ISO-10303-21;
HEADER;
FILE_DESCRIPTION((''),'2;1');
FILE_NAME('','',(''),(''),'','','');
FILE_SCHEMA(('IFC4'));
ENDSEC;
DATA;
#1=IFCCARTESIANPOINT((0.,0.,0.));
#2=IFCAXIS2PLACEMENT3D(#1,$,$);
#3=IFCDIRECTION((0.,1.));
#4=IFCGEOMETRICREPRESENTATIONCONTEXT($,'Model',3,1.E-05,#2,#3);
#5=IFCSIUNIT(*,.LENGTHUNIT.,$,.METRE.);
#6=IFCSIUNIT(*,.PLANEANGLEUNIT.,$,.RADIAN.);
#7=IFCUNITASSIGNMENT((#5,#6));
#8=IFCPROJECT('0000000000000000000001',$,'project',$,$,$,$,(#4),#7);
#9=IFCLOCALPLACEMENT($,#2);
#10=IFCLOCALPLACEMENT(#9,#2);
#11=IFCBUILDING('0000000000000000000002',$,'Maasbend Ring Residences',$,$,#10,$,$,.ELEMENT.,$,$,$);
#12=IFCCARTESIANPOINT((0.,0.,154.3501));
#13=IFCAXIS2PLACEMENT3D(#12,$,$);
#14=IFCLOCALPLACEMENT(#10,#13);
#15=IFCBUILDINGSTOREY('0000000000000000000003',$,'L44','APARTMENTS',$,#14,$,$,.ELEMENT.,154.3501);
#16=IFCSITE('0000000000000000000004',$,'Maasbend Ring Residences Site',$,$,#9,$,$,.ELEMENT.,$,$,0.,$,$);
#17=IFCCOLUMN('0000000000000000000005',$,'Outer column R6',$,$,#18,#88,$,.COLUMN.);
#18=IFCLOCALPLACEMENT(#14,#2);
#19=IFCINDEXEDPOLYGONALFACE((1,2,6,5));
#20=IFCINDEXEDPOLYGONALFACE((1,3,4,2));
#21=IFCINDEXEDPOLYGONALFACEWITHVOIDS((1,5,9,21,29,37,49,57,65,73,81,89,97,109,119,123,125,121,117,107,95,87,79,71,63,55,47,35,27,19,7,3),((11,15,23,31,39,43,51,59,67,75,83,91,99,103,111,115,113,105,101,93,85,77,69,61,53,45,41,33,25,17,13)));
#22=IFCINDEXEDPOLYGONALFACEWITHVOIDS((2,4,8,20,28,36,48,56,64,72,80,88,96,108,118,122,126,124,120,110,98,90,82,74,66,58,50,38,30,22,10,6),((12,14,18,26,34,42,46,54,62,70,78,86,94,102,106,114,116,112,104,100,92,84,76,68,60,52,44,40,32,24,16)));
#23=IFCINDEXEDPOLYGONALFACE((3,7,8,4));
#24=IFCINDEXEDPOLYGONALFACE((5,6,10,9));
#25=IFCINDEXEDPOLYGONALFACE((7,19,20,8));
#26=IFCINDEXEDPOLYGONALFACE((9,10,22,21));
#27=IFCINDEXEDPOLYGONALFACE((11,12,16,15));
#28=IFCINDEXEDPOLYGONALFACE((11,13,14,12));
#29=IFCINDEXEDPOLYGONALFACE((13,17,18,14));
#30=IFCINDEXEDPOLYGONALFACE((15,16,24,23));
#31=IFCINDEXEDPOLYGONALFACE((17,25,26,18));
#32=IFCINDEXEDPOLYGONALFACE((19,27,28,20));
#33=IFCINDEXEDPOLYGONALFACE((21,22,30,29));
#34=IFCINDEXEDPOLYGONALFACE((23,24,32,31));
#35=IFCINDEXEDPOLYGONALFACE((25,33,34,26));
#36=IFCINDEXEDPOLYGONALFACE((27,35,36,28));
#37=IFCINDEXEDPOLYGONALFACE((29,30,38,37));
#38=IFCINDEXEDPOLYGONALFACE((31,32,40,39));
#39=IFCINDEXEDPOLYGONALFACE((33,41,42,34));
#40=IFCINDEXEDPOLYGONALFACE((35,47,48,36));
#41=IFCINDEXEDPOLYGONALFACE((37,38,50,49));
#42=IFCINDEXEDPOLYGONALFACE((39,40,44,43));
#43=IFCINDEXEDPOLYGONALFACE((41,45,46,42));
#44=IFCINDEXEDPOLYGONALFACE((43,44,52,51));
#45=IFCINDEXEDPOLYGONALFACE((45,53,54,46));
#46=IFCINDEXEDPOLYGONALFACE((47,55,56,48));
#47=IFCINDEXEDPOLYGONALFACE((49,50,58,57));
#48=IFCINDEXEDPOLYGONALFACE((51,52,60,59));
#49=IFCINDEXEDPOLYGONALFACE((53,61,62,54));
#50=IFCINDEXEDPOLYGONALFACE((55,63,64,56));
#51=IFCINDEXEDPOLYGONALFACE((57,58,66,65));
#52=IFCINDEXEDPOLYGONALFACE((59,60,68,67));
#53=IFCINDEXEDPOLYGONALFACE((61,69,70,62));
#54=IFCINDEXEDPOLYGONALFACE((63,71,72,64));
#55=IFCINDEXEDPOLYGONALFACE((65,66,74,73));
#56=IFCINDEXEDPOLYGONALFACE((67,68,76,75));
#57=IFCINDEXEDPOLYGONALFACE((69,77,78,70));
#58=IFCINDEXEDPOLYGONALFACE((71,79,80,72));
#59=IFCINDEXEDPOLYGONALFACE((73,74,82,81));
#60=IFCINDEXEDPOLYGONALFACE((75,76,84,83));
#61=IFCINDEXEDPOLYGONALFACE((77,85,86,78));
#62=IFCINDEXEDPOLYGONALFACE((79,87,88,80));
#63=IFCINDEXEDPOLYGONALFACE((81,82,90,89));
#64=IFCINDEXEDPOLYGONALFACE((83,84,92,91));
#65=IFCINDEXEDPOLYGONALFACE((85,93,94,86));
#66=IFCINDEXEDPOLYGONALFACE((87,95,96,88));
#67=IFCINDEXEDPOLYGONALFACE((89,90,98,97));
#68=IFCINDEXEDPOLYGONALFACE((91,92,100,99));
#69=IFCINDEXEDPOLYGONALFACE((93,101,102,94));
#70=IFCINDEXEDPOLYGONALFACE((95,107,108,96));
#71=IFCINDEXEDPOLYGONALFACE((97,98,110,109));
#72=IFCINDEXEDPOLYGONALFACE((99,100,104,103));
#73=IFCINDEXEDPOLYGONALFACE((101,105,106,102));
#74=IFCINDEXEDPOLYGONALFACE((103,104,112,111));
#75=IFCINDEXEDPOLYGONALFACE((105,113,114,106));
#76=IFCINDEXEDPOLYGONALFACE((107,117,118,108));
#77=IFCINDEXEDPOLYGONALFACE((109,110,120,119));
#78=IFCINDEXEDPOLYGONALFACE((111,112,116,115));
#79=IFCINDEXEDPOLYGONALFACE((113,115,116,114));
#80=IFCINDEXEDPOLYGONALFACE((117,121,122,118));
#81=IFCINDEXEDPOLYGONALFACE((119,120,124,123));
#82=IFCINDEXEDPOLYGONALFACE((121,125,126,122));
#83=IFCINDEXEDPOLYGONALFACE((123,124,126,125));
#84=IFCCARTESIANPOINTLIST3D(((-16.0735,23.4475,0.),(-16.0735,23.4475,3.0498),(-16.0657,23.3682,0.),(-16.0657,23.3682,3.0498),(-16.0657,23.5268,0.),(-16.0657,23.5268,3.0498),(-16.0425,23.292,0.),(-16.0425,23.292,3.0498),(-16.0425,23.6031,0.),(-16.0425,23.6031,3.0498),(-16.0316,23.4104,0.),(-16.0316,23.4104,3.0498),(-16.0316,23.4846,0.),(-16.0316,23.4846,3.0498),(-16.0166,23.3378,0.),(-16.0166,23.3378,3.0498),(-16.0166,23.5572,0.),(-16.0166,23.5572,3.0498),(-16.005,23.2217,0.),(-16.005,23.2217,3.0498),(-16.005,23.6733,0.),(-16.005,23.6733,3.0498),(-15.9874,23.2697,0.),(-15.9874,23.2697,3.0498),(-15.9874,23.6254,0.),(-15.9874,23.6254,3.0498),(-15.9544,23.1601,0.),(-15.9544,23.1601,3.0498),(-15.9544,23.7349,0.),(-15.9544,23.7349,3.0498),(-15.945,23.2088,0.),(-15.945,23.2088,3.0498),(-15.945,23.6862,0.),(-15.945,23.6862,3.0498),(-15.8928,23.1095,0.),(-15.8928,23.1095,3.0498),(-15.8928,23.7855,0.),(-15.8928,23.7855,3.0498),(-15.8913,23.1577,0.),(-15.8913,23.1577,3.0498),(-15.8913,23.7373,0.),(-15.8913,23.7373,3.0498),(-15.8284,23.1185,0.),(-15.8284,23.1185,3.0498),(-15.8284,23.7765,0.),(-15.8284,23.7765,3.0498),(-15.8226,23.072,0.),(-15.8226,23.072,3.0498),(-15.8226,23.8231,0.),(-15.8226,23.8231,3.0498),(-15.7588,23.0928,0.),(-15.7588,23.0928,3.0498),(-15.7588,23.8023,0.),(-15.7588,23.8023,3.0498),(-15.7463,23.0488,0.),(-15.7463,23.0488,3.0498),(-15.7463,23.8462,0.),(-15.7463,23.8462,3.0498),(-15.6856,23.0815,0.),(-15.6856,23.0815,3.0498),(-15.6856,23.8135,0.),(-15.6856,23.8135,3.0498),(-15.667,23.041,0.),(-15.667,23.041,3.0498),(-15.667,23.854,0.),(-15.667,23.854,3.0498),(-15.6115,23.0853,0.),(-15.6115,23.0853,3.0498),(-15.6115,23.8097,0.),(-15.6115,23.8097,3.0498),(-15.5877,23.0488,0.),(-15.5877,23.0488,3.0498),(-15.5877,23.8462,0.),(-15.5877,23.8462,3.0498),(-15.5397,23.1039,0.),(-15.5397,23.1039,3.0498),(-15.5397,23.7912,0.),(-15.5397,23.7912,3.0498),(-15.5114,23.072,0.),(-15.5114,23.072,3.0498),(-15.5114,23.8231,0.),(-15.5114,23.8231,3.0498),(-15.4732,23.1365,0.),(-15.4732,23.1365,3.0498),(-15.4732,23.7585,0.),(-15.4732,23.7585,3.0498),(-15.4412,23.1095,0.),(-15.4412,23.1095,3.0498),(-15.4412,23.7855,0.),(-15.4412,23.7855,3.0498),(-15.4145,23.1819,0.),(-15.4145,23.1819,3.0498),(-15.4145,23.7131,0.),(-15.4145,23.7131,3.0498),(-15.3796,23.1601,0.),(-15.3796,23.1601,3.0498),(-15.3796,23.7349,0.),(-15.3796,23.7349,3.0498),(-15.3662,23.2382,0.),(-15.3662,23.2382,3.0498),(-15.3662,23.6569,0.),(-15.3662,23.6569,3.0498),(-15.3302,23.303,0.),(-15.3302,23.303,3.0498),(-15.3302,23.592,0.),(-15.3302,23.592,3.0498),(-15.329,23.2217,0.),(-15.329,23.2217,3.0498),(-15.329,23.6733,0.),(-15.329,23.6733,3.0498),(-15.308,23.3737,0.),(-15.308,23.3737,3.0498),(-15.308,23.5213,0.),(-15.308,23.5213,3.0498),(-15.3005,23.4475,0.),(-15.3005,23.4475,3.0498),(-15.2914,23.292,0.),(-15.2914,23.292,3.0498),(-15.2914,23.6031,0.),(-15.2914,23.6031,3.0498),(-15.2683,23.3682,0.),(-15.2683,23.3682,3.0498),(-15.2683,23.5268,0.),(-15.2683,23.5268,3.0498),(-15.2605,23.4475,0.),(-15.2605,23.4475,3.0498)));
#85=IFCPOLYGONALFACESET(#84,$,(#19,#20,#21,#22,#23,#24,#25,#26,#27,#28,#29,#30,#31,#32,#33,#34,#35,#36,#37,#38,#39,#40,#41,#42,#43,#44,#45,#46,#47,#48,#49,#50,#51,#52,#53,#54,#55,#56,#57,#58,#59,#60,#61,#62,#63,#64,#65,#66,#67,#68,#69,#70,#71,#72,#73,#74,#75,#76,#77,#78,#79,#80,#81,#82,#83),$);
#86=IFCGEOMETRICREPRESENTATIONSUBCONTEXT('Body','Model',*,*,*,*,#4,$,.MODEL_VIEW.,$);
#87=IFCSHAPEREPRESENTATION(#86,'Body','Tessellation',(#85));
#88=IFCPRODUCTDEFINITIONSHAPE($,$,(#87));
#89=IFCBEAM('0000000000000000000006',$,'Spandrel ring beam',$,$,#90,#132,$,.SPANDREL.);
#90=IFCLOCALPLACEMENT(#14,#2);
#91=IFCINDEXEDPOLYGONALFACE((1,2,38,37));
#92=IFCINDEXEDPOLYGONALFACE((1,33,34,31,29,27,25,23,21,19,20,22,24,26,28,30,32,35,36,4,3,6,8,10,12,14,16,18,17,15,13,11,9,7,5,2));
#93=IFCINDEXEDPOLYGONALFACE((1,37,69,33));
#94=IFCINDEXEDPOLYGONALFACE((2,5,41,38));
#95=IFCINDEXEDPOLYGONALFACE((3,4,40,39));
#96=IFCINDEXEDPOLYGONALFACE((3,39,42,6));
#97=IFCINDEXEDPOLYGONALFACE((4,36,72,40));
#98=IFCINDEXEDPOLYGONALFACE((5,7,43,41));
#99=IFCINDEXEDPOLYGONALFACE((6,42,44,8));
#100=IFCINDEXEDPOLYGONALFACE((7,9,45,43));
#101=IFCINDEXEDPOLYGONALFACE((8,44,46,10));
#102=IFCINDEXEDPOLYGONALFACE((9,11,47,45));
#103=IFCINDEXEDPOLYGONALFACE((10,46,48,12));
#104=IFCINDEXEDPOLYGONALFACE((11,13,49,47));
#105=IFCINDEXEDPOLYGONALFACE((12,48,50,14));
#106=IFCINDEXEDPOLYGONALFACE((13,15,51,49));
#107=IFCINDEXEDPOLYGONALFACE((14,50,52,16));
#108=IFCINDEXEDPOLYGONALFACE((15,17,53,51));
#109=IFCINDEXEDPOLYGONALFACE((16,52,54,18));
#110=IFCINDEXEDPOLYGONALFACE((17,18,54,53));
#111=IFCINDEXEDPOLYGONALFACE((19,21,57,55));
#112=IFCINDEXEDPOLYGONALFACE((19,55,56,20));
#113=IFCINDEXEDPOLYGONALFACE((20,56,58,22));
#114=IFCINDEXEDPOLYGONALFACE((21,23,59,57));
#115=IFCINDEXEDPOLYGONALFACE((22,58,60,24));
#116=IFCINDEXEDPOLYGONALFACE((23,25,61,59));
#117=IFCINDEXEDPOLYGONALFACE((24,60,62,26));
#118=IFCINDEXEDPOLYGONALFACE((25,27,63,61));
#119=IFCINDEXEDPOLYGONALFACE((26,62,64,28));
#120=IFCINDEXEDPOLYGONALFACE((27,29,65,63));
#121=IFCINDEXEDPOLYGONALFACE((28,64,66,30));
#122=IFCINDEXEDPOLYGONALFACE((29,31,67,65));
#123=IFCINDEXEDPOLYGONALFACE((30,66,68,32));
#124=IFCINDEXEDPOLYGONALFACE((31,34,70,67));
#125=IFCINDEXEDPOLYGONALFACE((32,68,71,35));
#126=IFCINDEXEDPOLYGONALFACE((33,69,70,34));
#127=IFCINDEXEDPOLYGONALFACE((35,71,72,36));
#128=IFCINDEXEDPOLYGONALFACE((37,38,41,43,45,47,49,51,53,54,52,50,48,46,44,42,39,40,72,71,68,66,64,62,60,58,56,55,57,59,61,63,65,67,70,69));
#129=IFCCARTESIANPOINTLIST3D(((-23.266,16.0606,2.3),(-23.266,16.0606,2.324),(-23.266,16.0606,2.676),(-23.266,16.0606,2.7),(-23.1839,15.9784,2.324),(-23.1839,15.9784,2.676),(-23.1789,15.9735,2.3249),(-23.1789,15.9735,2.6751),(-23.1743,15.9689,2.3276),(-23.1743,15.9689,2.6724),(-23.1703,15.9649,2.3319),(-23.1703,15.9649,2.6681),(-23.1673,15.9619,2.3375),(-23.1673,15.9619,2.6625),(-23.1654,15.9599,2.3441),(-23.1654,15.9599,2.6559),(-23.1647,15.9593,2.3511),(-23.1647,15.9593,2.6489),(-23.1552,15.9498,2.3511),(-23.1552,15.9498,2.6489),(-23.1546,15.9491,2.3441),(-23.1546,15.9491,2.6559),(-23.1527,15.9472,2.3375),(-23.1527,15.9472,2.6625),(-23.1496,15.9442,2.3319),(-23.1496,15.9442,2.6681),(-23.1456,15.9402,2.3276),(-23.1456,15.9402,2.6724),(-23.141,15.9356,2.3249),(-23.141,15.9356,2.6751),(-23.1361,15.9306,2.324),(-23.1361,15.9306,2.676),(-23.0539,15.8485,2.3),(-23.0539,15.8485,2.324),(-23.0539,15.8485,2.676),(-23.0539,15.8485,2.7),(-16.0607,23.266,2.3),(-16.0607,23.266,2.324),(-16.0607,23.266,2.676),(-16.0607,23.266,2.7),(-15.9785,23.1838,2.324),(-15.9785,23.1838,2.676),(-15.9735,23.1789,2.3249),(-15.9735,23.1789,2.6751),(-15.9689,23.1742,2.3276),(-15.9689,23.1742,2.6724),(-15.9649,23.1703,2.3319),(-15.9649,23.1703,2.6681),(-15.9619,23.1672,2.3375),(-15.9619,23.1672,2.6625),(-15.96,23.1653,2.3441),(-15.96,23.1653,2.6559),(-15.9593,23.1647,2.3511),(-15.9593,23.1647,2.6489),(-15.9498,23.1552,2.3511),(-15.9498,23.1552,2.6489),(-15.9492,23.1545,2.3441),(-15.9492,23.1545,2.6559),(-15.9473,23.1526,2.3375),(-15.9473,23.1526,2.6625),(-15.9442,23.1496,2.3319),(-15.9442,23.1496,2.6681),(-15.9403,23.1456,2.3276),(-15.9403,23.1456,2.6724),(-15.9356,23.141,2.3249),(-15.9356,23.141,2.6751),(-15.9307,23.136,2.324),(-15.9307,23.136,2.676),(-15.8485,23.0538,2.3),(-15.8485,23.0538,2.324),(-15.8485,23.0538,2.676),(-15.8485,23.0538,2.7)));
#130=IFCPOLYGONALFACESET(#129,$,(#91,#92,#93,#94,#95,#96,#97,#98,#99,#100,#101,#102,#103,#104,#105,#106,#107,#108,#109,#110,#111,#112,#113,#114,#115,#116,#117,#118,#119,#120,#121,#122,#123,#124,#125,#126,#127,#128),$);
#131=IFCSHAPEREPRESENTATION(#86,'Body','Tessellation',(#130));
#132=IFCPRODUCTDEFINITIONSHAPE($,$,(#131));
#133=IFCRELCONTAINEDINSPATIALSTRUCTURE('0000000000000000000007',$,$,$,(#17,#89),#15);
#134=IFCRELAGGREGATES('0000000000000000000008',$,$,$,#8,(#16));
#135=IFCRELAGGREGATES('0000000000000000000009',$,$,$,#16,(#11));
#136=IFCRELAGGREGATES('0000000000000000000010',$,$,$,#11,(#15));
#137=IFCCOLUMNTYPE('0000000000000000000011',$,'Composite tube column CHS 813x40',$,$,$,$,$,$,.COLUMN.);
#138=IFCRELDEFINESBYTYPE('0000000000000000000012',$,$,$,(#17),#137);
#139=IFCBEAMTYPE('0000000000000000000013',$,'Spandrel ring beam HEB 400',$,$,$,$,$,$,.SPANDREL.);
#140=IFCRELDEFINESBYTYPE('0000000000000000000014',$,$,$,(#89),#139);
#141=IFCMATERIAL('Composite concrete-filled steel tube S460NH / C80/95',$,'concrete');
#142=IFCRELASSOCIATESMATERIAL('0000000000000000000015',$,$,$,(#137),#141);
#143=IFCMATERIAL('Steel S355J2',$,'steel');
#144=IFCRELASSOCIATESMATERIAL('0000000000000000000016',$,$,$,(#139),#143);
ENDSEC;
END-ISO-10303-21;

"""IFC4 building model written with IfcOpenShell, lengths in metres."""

from ifc_helpers import new_model, si_unit, direction, frame, origin, origin_2d, place, context, subcontext, project, spatial, hollow_circle, i_section, extrude, material, material_profile, profile_set, type_object, element, save


model = new_model("IFC4")

# Units and contexts
model_context = context("Model", 3, precision=1e-05, world=origin(), true_north=direction((0.0, 1.0)))
body_context = subcontext(model_context, "Body", "Model", "MODEL_VIEW")
ifc_project = project(units=[si_unit("LENGTHUNIT", "METRE"), si_unit("PLANEANGLEUNIT", "RADIAN")], contexts=[model_context])

# Site, building, storey
site_placement = place(None, origin())
site = spatial("IfcSite", under=ifc_project, at=site_placement, Name="Maasbend Ring Residences Site", CompositionType="ELEMENT", RefElevation=0.0)
building_placement = place(site_placement, origin())
building = spatial("IfcBuilding", under=site, at=building_placement, Name="Maasbend Ring Residences", CompositionType="ELEMENT")
storey_placement = place(building_placement, frame((0.0, 0.0, 154.3501)))
storey = spatial("IfcBuildingStorey", under=building, at=storey_placement, Name="L44", Description="APARTMENTS", CompositionType="ELEMENT", Elevation=154.3501)

# Column
ifc_material_1 = material(Name="Composite concrete-filled steel tube S460NH / C80/95", Category="concrete")
ifc_material_profile_1 = material_profile(ifc_material_1, hollow_circle(Radius=0.4065, WallThickness=0.04, at=origin_2d()), Name="Composite tube column CHS 813x40")
ifc_profile_set_1 = profile_set([ifc_material_profile_1], Name="Composite concrete-filled steel tube S460NH / C80/95")
column_type = type_object("IfcColumnType", Name="Composite tube column CHS 813x40", PredefinedType="COLUMN", material=ifc_profile_set_1)
column_placement = place(storey_placement, frame((-15.667, 23.4475, 0.0), z_axis=(0.0, 0.0, 1.0), x_axis=(1.0, 0.0, 0.0)))
element("IfcColumn", 1, at=column_placement, inside=storey, type_object=column_type, Name="Outer column R6", PredefinedType="COLUMN", context=body_context, shape_type="SweptSolid", body=[
    extrude(hollow_circle(Radius=0.4065, WallThickness=0.04, at=origin_2d()), origin(), (0.0, 0.0, 1.0), 3.0498),
])

# Beam
ifc_material_2 = material(Name="Steel S355J2", Category="steel")
ifc_material_profile_2 = material_profile(ifc_material_2, i_section(OverallWidth=0.3, OverallDepth=0.3999, WebThickness=0.0134, FlangeThickness=0.0239, FilletRadius=0.0271, at=origin_2d()), Name="HEB 400")
ifc_profile_set_2 = profile_set([ifc_material_profile_2], Name="Steel S355J2")
beam_type = type_object("IfcBeamType", Name="Spandrel ring beam HEB 400", PredefinedType="SPANDREL", material=ifc_profile_set_2)
beam_placement = place(storey_placement, frame((-15.9546, 23.1599, 2.5), z_axis=(-0.707107, -0.707107, 0.0), x_axis=(0.707107, -0.707107, 0.0)))
element("IfcBeam", 2, at=beam_placement, inside=storey, type_object=beam_type, Name="Spandrel ring beam", PredefinedType="SPANDREL", context=body_context, shape_type="SweptSolid", body=[
    extrude(i_section(OverallWidth=0.3, OverallDepth=0.3999, WebThickness=0.0134, FlangeThickness=0.0239, FilletRadius=0.0271, at=origin_2d()), origin(), (0.0, 0.0, 1.0), 10.1899),
])

save(model, "model.ifc")
